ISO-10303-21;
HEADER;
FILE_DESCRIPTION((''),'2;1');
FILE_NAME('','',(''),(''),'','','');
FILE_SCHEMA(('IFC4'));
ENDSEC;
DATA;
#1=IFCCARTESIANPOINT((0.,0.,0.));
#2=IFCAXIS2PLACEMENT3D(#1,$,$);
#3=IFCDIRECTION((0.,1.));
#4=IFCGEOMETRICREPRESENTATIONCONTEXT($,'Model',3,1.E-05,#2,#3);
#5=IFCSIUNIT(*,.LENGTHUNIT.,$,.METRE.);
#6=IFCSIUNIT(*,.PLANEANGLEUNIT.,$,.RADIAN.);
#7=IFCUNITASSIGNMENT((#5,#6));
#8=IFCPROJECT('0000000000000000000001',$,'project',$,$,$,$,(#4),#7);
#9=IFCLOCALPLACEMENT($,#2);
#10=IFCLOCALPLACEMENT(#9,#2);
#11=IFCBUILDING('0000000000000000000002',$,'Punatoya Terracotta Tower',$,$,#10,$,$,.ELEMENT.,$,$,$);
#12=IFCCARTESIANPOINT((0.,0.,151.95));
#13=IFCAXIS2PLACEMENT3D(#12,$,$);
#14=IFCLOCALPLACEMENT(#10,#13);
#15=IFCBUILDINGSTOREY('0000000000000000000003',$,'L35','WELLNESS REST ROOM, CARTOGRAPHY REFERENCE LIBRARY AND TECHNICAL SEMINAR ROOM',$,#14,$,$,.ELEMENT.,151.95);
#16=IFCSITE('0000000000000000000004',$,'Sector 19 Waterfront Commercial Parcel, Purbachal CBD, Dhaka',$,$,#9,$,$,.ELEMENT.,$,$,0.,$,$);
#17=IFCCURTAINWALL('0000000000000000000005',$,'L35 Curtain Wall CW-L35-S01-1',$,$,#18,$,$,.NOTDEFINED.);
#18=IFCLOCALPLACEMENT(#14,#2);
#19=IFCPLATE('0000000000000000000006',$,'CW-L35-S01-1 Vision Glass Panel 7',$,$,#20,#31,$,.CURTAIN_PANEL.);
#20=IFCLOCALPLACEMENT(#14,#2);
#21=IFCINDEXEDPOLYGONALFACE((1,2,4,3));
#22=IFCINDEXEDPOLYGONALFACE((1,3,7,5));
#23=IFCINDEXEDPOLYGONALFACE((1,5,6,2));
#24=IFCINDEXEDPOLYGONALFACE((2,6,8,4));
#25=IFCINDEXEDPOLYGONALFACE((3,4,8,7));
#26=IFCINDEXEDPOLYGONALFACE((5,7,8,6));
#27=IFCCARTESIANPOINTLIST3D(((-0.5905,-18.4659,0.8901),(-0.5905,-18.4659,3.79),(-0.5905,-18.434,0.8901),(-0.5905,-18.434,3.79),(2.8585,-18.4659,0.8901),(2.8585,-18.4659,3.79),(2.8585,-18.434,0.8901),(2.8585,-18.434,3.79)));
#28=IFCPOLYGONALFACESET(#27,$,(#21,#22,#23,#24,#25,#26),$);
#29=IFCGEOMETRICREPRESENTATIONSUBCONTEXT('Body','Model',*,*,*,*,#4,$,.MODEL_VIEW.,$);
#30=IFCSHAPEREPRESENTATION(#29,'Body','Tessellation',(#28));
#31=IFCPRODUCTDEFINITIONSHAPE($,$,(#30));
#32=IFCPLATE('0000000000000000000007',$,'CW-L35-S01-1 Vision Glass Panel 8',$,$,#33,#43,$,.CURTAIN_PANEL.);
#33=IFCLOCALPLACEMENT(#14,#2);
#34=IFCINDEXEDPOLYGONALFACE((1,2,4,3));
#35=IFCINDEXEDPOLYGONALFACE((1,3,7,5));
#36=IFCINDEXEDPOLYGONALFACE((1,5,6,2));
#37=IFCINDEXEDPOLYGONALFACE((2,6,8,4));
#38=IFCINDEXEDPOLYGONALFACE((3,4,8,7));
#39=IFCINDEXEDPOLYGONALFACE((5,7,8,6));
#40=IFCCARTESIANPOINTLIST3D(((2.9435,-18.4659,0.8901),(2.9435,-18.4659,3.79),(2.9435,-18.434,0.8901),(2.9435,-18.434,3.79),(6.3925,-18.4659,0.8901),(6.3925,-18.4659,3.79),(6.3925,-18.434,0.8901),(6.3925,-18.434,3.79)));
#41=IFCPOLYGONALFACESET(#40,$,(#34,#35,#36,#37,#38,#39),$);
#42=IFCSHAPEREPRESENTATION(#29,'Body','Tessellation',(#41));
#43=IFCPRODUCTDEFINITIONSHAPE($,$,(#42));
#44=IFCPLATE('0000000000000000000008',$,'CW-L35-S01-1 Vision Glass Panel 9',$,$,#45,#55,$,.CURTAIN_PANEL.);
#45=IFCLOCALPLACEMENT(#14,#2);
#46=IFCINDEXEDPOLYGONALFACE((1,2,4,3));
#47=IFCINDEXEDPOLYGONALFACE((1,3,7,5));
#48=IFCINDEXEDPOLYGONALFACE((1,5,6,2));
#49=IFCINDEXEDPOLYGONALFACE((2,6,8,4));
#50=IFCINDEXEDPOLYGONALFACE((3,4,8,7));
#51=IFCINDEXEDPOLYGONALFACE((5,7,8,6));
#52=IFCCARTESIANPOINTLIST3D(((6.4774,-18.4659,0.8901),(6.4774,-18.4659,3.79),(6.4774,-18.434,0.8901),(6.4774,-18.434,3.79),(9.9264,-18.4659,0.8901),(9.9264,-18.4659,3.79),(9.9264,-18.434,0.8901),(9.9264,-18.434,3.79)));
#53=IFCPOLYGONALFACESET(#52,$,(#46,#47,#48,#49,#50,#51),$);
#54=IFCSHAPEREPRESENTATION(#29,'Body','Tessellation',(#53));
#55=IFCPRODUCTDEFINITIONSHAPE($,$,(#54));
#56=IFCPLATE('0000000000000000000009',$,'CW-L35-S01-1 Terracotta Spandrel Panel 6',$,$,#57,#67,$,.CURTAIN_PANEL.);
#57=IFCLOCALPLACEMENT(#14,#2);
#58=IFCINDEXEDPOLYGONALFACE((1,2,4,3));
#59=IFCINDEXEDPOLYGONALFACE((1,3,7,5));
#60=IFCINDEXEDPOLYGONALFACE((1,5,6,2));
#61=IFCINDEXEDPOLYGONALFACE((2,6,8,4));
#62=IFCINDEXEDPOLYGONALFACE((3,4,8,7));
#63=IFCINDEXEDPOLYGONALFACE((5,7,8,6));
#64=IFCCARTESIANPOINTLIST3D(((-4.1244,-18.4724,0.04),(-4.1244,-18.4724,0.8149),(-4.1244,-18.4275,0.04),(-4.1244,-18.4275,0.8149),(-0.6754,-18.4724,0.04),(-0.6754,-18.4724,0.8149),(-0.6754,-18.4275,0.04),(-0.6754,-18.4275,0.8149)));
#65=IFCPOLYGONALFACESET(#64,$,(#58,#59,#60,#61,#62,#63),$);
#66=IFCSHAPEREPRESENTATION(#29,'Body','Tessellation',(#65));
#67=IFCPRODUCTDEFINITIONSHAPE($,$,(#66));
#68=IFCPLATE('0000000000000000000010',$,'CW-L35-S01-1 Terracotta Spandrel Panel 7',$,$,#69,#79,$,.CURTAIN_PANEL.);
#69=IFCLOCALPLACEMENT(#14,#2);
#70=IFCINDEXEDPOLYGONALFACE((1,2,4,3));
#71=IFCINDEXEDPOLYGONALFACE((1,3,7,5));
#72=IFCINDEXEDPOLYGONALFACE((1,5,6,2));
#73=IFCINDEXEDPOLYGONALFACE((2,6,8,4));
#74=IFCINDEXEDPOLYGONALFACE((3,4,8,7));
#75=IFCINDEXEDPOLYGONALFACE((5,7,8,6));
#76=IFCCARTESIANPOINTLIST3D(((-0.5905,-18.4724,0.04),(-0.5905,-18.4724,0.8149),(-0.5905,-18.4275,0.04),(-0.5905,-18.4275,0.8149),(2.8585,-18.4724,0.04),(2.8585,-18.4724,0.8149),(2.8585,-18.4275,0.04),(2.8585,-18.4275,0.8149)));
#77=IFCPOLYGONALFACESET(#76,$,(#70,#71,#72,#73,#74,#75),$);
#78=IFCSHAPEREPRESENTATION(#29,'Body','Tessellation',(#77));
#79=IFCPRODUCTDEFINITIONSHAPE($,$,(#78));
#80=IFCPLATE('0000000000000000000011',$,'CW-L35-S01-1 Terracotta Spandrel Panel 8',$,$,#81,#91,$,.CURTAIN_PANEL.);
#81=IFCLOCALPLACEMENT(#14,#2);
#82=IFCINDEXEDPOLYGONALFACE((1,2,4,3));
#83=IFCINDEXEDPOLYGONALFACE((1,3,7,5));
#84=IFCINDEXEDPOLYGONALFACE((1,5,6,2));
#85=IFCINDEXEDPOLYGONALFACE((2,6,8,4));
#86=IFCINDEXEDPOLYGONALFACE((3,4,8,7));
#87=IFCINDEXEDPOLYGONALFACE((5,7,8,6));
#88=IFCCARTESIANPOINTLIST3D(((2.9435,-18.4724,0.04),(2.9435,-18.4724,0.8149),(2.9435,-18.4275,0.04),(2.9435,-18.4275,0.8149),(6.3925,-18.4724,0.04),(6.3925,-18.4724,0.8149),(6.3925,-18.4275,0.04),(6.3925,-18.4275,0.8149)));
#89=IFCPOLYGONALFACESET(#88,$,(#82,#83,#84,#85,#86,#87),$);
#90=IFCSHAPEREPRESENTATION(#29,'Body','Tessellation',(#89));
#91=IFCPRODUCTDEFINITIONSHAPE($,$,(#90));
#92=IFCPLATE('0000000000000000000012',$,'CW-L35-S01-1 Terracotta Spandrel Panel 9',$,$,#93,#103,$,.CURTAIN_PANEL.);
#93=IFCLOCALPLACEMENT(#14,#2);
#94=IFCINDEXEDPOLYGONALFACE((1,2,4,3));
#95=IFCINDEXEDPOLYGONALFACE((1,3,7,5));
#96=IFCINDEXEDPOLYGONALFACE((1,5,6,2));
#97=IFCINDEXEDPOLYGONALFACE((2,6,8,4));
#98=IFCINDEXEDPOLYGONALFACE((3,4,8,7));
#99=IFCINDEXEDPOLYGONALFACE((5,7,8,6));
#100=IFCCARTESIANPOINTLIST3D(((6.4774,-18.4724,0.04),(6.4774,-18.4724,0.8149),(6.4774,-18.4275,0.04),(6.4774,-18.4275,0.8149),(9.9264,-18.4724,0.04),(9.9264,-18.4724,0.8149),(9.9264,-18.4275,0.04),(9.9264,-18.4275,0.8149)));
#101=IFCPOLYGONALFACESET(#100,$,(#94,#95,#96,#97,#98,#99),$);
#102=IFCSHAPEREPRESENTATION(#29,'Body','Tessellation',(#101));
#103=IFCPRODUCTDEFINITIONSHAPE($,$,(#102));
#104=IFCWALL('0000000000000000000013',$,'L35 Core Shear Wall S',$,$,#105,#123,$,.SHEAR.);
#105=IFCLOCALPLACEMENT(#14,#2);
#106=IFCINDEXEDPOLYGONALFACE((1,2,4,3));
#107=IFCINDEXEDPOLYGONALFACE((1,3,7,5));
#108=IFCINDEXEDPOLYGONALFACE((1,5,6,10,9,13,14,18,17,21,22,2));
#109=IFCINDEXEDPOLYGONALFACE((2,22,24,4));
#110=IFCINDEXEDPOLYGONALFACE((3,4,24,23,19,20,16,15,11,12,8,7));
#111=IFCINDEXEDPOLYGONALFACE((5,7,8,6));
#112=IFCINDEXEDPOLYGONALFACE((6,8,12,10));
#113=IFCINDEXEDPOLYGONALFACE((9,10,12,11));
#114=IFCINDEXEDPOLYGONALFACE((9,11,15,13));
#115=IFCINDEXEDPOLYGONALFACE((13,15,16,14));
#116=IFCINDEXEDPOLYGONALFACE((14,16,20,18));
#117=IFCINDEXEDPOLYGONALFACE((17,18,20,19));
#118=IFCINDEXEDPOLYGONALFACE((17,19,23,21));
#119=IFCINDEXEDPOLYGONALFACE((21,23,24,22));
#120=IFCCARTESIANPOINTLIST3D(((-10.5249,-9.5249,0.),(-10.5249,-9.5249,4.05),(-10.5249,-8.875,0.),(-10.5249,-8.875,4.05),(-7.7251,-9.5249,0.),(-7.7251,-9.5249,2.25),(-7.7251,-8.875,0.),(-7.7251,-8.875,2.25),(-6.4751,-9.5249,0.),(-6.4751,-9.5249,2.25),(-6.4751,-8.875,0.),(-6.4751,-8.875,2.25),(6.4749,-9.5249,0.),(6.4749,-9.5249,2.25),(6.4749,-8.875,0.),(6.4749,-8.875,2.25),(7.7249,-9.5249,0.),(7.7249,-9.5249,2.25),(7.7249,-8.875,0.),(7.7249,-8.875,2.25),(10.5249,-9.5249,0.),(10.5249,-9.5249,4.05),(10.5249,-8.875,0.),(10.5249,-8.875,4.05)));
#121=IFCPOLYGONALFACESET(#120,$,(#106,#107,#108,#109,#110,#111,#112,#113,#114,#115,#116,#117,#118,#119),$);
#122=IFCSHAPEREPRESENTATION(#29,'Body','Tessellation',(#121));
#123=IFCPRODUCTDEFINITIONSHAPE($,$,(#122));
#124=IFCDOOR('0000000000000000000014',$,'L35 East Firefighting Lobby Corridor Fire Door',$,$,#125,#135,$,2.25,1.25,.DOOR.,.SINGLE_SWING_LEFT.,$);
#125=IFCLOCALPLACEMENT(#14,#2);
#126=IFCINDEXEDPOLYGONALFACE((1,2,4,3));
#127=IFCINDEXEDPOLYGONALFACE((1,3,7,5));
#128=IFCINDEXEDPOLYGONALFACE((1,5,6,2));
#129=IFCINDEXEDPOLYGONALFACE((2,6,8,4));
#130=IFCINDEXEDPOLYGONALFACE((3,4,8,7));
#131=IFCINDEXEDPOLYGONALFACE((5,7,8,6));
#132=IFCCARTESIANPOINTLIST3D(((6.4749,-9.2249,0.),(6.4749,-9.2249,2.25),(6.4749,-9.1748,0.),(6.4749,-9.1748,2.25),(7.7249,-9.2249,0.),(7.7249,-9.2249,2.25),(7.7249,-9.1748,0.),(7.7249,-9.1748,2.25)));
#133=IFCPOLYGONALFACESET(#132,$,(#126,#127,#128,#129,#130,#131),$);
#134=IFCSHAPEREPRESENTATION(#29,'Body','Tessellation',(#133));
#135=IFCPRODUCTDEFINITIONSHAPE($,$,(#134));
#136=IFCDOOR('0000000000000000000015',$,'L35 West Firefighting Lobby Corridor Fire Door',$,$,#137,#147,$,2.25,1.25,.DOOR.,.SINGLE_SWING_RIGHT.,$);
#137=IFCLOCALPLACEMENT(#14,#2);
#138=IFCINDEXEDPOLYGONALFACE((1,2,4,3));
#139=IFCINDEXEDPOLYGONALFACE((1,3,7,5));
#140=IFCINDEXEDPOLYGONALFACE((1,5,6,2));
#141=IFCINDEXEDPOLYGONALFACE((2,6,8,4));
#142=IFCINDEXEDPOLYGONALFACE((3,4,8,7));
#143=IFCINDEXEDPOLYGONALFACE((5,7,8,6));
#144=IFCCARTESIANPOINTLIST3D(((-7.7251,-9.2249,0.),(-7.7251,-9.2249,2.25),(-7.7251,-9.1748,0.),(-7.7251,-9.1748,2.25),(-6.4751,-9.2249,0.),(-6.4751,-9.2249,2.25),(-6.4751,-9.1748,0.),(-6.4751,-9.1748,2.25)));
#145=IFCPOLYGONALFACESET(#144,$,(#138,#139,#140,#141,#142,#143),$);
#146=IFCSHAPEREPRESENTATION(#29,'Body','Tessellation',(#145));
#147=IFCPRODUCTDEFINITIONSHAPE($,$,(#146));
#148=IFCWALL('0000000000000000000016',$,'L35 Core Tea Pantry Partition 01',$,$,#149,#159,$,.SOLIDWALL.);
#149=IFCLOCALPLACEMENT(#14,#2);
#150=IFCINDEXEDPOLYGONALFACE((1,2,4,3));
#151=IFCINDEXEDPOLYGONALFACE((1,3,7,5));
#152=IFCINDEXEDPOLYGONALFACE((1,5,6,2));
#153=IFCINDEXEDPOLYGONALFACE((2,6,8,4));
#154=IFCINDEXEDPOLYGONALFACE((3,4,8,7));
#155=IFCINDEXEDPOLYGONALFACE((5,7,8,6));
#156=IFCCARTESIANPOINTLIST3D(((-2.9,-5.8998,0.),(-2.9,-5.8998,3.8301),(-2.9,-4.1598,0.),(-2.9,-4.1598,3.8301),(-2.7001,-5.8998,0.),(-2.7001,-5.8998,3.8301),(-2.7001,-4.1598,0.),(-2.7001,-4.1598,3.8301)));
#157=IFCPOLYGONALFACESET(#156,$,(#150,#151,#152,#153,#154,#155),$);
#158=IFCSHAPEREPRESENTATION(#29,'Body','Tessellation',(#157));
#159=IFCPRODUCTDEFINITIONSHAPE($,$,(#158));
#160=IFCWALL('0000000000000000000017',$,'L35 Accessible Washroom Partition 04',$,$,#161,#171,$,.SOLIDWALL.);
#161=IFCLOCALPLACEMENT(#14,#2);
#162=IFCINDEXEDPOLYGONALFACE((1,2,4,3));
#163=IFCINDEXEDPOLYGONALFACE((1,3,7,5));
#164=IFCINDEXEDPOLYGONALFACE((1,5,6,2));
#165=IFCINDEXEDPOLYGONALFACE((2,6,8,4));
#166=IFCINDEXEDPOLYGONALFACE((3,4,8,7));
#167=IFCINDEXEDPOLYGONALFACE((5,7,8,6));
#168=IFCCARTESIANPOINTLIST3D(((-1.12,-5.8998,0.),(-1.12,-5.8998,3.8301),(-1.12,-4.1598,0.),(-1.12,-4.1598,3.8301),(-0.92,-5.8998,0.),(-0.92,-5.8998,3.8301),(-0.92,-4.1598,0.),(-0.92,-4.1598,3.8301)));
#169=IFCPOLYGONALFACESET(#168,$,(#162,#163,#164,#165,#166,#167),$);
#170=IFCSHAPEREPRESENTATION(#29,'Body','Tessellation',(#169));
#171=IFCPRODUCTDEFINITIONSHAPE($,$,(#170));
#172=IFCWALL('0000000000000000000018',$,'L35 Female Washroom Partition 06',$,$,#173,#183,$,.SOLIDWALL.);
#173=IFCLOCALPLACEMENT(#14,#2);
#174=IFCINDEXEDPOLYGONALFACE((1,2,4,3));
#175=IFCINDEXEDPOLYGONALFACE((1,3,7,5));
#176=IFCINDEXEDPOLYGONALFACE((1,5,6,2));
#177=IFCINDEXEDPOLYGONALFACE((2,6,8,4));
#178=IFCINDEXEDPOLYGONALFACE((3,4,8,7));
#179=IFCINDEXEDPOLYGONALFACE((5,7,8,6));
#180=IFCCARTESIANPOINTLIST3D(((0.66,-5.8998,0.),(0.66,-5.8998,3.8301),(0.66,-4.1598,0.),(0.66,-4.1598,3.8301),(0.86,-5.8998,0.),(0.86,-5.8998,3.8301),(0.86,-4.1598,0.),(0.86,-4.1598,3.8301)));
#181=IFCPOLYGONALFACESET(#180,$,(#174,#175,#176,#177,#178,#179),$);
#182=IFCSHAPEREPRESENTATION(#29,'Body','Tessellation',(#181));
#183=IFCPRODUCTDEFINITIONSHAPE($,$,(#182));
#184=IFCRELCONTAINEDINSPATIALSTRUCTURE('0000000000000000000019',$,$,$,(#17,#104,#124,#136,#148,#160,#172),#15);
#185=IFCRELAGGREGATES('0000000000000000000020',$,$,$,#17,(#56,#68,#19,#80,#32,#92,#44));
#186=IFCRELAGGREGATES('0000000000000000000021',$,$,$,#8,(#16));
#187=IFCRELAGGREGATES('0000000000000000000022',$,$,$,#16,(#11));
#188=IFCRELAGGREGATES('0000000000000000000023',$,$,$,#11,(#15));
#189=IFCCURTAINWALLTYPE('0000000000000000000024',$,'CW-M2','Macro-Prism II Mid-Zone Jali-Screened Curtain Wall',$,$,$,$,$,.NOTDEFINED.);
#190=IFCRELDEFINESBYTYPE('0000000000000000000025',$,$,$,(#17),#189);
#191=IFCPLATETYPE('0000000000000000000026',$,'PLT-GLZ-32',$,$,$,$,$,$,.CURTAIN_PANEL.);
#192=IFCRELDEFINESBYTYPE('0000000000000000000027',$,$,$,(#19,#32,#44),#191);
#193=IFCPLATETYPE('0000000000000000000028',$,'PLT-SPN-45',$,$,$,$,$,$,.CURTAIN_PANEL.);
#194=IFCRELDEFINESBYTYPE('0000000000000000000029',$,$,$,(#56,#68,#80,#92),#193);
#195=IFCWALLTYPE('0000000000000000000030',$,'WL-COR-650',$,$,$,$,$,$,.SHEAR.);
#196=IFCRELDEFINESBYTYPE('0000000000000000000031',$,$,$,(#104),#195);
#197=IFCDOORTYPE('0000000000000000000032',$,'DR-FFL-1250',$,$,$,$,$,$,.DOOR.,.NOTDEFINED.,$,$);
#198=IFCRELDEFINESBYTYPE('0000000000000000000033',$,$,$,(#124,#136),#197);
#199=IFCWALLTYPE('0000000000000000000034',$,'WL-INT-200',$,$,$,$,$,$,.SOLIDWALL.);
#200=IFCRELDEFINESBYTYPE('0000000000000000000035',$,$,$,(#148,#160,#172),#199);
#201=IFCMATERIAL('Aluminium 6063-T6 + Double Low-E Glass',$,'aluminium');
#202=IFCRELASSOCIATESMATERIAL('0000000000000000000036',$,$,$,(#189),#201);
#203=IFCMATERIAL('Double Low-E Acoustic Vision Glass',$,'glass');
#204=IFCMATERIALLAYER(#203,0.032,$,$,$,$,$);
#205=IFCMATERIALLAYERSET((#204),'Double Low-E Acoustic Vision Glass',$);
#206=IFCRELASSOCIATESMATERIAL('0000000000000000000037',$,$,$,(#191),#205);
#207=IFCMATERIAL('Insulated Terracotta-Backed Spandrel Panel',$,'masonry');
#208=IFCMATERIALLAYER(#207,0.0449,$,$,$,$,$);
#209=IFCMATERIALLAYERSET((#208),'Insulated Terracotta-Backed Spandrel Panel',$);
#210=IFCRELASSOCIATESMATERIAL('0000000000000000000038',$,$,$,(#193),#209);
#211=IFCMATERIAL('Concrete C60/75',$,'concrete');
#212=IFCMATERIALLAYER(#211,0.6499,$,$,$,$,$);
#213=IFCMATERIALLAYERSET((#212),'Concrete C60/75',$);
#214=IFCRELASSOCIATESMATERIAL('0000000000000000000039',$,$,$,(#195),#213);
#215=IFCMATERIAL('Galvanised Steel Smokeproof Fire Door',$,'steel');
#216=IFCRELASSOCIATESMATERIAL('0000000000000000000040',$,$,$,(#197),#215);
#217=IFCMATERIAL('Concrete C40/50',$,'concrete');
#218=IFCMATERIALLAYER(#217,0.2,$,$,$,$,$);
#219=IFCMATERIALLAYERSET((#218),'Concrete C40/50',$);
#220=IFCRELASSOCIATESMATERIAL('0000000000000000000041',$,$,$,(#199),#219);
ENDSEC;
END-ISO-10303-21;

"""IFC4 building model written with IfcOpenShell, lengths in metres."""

from ifc_helpers import new_model, si_unit, direction, frame, frame_2d, origin, origin_2d, place, context, subcontext, project, spatial, rectangle, extrude, material, layer, layer_set, type_object, element, fill, aggregate, save


model = new_model("IFC4")

# Units and contexts
model_context = context("Model", 3, precision=1e-05, world=origin(), true_north=direction((0.0, 1.0)))
body_context = subcontext(model_context, "Body", "Model", "MODEL_VIEW")
ifc_project = project(units=[si_unit("LENGTHUNIT", "METRE"), si_unit("PLANEANGLEUNIT", "RADIAN")], contexts=[model_context])

# Site, building, storey
site_placement = place(None, origin())
site = spatial("IfcSite", under=ifc_project, at=site_placement, Name="Sector 19 Waterfront Commercial Parcel, Purbachal CBD, Dhaka", CompositionType="ELEMENT", RefElevation=0.0)
building_placement = place(site_placement, origin())
building = spatial("IfcBuilding", under=site, at=building_placement, Name="Punatoya Terracotta Tower", CompositionType="ELEMENT")
storey_placement = place(building_placement, frame((0.0, 0.0, 151.95)))
storey = spatial("IfcBuildingStorey", under=building, at=storey_placement, Name="L35", Description="WELLNESS REST ROOM, CARTOGRAPHY REFERENCE LIBRARY AND TECHNICAL SEMINAR ROOM", CompositionType="ELEMENT", Elevation=151.95)

# Curtain wall, plates
ifc_material_1 = material(Name="Aluminium 6063-T6 + Double Low-E Glass", Category="aluminium")
curtain_wall_type = type_object("IfcCurtainWallType", Name="CW-M2", Description="Macro-Prism II Mid-Zone Jali-Screened Curtain Wall", PredefinedType="NOTDEFINED", material=ifc_material_1)
curtain_wall_placement = place(storey_placement, origin())
curtain_wall = element("IfcCurtainWall", 1, at=curtain_wall_placement, inside=storey, type_object=curtain_wall_type, Name="L35 Curtain Wall CW-L35-S01-1", PredefinedType="NOTDEFINED")
ifc_material_2 = material(Name="Double Low-E Acoustic Vision Glass", Category="glass")
ifc_layer_1 = layer(ifc_material_2, 0.032)
ifc_layer_set_1 = layer_set([ifc_layer_1], Name="Double Low-E Acoustic Vision Glass")
plate_type_1 = type_object("IfcPlateType", Name="PLT-GLZ-32", PredefinedType="CURTAIN_PANEL", material=ifc_layer_set_1)
plate_1_placement = place(storey_placement, frame((1.134, -18.45, 0.8901), z_axis=(0.0, 0.0, 1.0), x_axis=(1.0, 0.0, 0.0)))
plate_1 = element("IfcPlate", 2, at=plate_1_placement, type_object=plate_type_1, Name="CW-L35-S01-1 Vision Glass Panel 7", PredefinedType="CURTAIN_PANEL", context=body_context, shape_type="SweptSolid", body=[
    extrude(rectangle(XDim=3.449, YDim=0.032, at=origin_2d()), origin(), (0.0, 0.0, 1.0), 2.8999),
])
plate_2_placement = place(storey_placement, frame((4.668, -18.45, 0.8901), z_axis=(0.0, 0.0, 1.0), x_axis=(1.0, 0.0, 0.0)))
plate_2 = element("IfcPlate", 3, at=plate_2_placement, type_object=plate_type_1, Name="CW-L35-S01-1 Vision Glass Panel 8", PredefinedType="CURTAIN_PANEL", context=body_context, shape_type="SweptSolid", body=[
    extrude(rectangle(XDim=3.449, YDim=0.032, at=origin_2d()), origin(), (0.0, 0.0, 1.0), 2.8999),
])
plate_3_placement = place(storey_placement, frame((8.2019, -18.45, 0.8901), z_axis=(0.0, 0.0, 1.0), x_axis=(1.0, 0.0, 0.0)))
plate_3 = element("IfcPlate", 4, at=plate_3_placement, type_object=plate_type_1, Name="CW-L35-S01-1 Vision Glass Panel 9", PredefinedType="CURTAIN_PANEL", context=body_context, shape_type="SweptSolid", body=[
    extrude(rectangle(XDim=3.449, YDim=0.032, at=origin_2d()), origin(), (0.0, 0.0, 1.0), 2.8999),
])
ifc_material_3 = material(Name="Insulated Terracotta-Backed Spandrel Panel", Category="masonry")
ifc_layer_2 = layer(ifc_material_3, 0.0449)
ifc_layer_set_2 = layer_set([ifc_layer_2], Name="Insulated Terracotta-Backed Spandrel Panel")
plate_type_2 = type_object("IfcPlateType", Name="PLT-SPN-45", PredefinedType="CURTAIN_PANEL", material=ifc_layer_set_2)
plate_4_placement = place(storey_placement, frame((-2.3999, -18.45, 0.04), z_axis=(0.0, 0.0, 1.0), x_axis=(1.0, 0.0, 0.0)))
plate_4 = element("IfcPlate", 5, at=plate_4_placement, type_object=plate_type_2, Name="CW-L35-S01-1 Terracotta Spandrel Panel 6", PredefinedType="CURTAIN_PANEL", context=body_context, shape_type="SweptSolid", body=[
    extrude(rectangle(XDim=3.449, YDim=0.0449, at=origin_2d()), origin(), (0.0, 0.0, 1.0), 0.7749),
])
plate_5_placement = place(storey_placement, frame((1.134, -18.45, 0.04), z_axis=(0.0, 0.0, 1.0), x_axis=(1.0, 0.0, 0.0)))
plate_5 = element("IfcPlate", 6, at=plate_5_placement, type_object=plate_type_2, Name="CW-L35-S01-1 Terracotta Spandrel Panel 7", PredefinedType="CURTAIN_PANEL", context=body_context, shape_type="SweptSolid", body=[
    extrude(rectangle(XDim=3.449, YDim=0.0449, at=origin_2d()), origin(), (0.0, 0.0, 1.0), 0.7749),
])
plate_6_placement = place(storey_placement, frame((4.668, -18.45, 0.04), z_axis=(0.0, 0.0, 1.0), x_axis=(1.0, 0.0, 0.0)))
plate_6 = element("IfcPlate", 7, at=plate_6_placement, type_object=plate_type_2, Name="CW-L35-S01-1 Terracotta Spandrel Panel 8", PredefinedType="CURTAIN_PANEL", context=body_context, shape_type="SweptSolid", body=[
    extrude(rectangle(XDim=3.449, YDim=0.0449, at=origin_2d()), origin(), (0.0, 0.0, 1.0), 0.7749),
])
plate_7_placement = place(storey_placement, frame((8.2019, -18.45, 0.04), z_axis=(0.0, 0.0, 1.0), x_axis=(1.0, 0.0, 0.0)))
plate_7 = element("IfcPlate", 8, at=plate_7_placement, type_object=plate_type_2, Name="CW-L35-S01-1 Terracotta Spandrel Panel 9", PredefinedType="CURTAIN_PANEL", context=body_context, shape_type="SweptSolid", body=[
    extrude(rectangle(XDim=3.449, YDim=0.0449, at=origin_2d()), origin(), (0.0, 0.0, 1.0), 0.7749),
])
aggregate(curtain_wall, [plate_4, plate_5, plate_1, plate_6, plate_2, plate_7, plate_3])

# Wall, openings, doors
ifc_material_4 = material(Name="Concrete C60/75", Category="concrete")
ifc_layer_3 = layer(ifc_material_4, 0.6499)
ifc_layer_set_3 = layer_set([ifc_layer_3], Name="Concrete C60/75")
wall_type_1 = type_object("IfcWallType", Name="WL-COR-650", PredefinedType="SHEAR", material=ifc_layer_set_3)
wall_1_placement = place(storey_placement, frame((10.5249, -9.2, 0.0), z_axis=(0.0, 0.0, 1.0), x_axis=(-1.0, 0.0, 0.0)))
wall_1 = element("IfcWall", 9, at=wall_1_placement, inside=storey, type_object=wall_type_1, Name="L35 Core Shear Wall S", PredefinedType="SHEAR", context=body_context, shape_type="SweptSolid", body=[
    extrude(rectangle(XDim=21.0498, YDim=0.6499, at=frame_2d((10.5249, 0.0))), origin(), (0.0, 0.0, 1.0), 4.05),
])
opening_1_placement = place(wall_1_placement, frame((2.8, 0.0, 0.0)))
opening_1 = element("IfcOpeningElement", 10, at=opening_1_placement, cuts=wall_1, PredefinedType="OPENING", context=body_context, shape_type="SweptSolid", body=[
    extrude(rectangle(XDim=1.25, YDim=2.25, at=frame_2d((0.625, 1.125))), frame((0.0, 0.335, 0.0), z_axis=(0.0, -1.0, 0.0), x_axis=(1.0, 0.0, 0.0)), (0.0, 0.0, 1.0), 0.6699),
])
opening_2_placement = place(wall_1_placement, frame((17.0, 0.0, 0.0)))
opening_2 = element("IfcOpeningElement", 11, at=opening_2_placement, cuts=wall_1, PredefinedType="OPENING", context=body_context, shape_type="SweptSolid", body=[
    extrude(rectangle(XDim=1.25, YDim=2.25, at=frame_2d((0.625, 1.125))), frame((0.0, 0.335, 0.0), z_axis=(0.0, -1.0, 0.0), x_axis=(1.0, 0.0, 0.0)), (0.0, 0.0, 1.0), 0.6699),
])
ifc_material_5 = material(Name="Galvanised Steel Smokeproof Fire Door", Category="steel")
door_type_1 = type_object("IfcDoorType", Name="DR-FFL-1250", OperationType="NOTDEFINED", PredefinedType="DOOR", material=ifc_material_5)
door_1_placement = place(opening_1_placement, origin())
door_1 = element("IfcDoor", 12, at=door_1_placement, inside=storey, type_object=door_type_1, Name="L35 East Firefighting Lobby Corridor Fire Door", OperationType="SINGLE_SWING_LEFT", OverallHeight=2.25, OverallWidth=1.25, PredefinedType="DOOR", context=body_context, shape_type="SweptSolid", body=[
    extrude(rectangle(XDim=1.25, YDim=2.25, at=frame_2d((0.625, 1.125))), frame((0.0, 0.0249, 0.0), z_axis=(0.0, -1.0, 0.0), x_axis=(1.0, 0.0, 0.0)), (0.0, 0.0, 1.0), 0.05),
])
fill(opening_1, door_1)
door_2_placement = place(opening_2_placement, origin())
door_2 = element("IfcDoor", 13, at=door_2_placement, inside=storey, type_object=door_type_1, Name="L35 West Firefighting Lobby Corridor Fire Door", OperationType="SINGLE_SWING_RIGHT", OverallHeight=2.25, OverallWidth=1.25, PredefinedType="DOOR", context=body_context, shape_type="SweptSolid", body=[
    extrude(rectangle(XDim=1.25, YDim=2.25, at=frame_2d((0.625, 1.125))), frame((0.0, 0.0249, 0.0), z_axis=(0.0, -1.0, 0.0), x_axis=(1.0, 0.0, 0.0)), (0.0, 0.0, 1.0), 0.05),
])
fill(opening_2, door_2)

# Walls
ifc_material_6 = material(Name="Concrete C40/50", Category="concrete")
ifc_layer_4 = layer(ifc_material_6, 0.2)
ifc_layer_set_4 = layer_set([ifc_layer_4], Name="Concrete C40/50")
wall_type_2 = type_object("IfcWallType", Name="WL-INT-200", PredefinedType="SOLIDWALL", material=ifc_layer_set_4)
for number, where, z_axis, x_axis, name in (
    (14, (-2.8, -5.8999, 0.0), (0.0, 0.0, 1.0), (0.0, 1.0, 0.0), "L35 Core Tea Pantry Partition 01"),
    (15, (-1.02, -5.8999, 0.0), (0.0, 0.0, 1.0), (0.0, 1.0, 0.0), "L35 Accessible Washroom Partition 04"),
    (16, (0.76, -5.8999, 0.0), (0.0, 0.0, 1.0), (0.0, 1.0, 0.0), "L35 Female Washroom Partition 06"),
):
    element("IfcWall", number, at=place(storey_placement, frame(where, z_axis=z_axis, x_axis=x_axis)), inside=storey, type_object=wall_type_2, Name=name, PredefinedType="SOLIDWALL", context=body_context, shape_type="SweptSolid", body=[
        extrude(rectangle(XDim=1.74, YDim=0.2, at=frame_2d((0.8701, 0.0))), origin(), (0.0, 0.0, 1.0), 3.8301),
    ])

save(model, "model.ifc")
